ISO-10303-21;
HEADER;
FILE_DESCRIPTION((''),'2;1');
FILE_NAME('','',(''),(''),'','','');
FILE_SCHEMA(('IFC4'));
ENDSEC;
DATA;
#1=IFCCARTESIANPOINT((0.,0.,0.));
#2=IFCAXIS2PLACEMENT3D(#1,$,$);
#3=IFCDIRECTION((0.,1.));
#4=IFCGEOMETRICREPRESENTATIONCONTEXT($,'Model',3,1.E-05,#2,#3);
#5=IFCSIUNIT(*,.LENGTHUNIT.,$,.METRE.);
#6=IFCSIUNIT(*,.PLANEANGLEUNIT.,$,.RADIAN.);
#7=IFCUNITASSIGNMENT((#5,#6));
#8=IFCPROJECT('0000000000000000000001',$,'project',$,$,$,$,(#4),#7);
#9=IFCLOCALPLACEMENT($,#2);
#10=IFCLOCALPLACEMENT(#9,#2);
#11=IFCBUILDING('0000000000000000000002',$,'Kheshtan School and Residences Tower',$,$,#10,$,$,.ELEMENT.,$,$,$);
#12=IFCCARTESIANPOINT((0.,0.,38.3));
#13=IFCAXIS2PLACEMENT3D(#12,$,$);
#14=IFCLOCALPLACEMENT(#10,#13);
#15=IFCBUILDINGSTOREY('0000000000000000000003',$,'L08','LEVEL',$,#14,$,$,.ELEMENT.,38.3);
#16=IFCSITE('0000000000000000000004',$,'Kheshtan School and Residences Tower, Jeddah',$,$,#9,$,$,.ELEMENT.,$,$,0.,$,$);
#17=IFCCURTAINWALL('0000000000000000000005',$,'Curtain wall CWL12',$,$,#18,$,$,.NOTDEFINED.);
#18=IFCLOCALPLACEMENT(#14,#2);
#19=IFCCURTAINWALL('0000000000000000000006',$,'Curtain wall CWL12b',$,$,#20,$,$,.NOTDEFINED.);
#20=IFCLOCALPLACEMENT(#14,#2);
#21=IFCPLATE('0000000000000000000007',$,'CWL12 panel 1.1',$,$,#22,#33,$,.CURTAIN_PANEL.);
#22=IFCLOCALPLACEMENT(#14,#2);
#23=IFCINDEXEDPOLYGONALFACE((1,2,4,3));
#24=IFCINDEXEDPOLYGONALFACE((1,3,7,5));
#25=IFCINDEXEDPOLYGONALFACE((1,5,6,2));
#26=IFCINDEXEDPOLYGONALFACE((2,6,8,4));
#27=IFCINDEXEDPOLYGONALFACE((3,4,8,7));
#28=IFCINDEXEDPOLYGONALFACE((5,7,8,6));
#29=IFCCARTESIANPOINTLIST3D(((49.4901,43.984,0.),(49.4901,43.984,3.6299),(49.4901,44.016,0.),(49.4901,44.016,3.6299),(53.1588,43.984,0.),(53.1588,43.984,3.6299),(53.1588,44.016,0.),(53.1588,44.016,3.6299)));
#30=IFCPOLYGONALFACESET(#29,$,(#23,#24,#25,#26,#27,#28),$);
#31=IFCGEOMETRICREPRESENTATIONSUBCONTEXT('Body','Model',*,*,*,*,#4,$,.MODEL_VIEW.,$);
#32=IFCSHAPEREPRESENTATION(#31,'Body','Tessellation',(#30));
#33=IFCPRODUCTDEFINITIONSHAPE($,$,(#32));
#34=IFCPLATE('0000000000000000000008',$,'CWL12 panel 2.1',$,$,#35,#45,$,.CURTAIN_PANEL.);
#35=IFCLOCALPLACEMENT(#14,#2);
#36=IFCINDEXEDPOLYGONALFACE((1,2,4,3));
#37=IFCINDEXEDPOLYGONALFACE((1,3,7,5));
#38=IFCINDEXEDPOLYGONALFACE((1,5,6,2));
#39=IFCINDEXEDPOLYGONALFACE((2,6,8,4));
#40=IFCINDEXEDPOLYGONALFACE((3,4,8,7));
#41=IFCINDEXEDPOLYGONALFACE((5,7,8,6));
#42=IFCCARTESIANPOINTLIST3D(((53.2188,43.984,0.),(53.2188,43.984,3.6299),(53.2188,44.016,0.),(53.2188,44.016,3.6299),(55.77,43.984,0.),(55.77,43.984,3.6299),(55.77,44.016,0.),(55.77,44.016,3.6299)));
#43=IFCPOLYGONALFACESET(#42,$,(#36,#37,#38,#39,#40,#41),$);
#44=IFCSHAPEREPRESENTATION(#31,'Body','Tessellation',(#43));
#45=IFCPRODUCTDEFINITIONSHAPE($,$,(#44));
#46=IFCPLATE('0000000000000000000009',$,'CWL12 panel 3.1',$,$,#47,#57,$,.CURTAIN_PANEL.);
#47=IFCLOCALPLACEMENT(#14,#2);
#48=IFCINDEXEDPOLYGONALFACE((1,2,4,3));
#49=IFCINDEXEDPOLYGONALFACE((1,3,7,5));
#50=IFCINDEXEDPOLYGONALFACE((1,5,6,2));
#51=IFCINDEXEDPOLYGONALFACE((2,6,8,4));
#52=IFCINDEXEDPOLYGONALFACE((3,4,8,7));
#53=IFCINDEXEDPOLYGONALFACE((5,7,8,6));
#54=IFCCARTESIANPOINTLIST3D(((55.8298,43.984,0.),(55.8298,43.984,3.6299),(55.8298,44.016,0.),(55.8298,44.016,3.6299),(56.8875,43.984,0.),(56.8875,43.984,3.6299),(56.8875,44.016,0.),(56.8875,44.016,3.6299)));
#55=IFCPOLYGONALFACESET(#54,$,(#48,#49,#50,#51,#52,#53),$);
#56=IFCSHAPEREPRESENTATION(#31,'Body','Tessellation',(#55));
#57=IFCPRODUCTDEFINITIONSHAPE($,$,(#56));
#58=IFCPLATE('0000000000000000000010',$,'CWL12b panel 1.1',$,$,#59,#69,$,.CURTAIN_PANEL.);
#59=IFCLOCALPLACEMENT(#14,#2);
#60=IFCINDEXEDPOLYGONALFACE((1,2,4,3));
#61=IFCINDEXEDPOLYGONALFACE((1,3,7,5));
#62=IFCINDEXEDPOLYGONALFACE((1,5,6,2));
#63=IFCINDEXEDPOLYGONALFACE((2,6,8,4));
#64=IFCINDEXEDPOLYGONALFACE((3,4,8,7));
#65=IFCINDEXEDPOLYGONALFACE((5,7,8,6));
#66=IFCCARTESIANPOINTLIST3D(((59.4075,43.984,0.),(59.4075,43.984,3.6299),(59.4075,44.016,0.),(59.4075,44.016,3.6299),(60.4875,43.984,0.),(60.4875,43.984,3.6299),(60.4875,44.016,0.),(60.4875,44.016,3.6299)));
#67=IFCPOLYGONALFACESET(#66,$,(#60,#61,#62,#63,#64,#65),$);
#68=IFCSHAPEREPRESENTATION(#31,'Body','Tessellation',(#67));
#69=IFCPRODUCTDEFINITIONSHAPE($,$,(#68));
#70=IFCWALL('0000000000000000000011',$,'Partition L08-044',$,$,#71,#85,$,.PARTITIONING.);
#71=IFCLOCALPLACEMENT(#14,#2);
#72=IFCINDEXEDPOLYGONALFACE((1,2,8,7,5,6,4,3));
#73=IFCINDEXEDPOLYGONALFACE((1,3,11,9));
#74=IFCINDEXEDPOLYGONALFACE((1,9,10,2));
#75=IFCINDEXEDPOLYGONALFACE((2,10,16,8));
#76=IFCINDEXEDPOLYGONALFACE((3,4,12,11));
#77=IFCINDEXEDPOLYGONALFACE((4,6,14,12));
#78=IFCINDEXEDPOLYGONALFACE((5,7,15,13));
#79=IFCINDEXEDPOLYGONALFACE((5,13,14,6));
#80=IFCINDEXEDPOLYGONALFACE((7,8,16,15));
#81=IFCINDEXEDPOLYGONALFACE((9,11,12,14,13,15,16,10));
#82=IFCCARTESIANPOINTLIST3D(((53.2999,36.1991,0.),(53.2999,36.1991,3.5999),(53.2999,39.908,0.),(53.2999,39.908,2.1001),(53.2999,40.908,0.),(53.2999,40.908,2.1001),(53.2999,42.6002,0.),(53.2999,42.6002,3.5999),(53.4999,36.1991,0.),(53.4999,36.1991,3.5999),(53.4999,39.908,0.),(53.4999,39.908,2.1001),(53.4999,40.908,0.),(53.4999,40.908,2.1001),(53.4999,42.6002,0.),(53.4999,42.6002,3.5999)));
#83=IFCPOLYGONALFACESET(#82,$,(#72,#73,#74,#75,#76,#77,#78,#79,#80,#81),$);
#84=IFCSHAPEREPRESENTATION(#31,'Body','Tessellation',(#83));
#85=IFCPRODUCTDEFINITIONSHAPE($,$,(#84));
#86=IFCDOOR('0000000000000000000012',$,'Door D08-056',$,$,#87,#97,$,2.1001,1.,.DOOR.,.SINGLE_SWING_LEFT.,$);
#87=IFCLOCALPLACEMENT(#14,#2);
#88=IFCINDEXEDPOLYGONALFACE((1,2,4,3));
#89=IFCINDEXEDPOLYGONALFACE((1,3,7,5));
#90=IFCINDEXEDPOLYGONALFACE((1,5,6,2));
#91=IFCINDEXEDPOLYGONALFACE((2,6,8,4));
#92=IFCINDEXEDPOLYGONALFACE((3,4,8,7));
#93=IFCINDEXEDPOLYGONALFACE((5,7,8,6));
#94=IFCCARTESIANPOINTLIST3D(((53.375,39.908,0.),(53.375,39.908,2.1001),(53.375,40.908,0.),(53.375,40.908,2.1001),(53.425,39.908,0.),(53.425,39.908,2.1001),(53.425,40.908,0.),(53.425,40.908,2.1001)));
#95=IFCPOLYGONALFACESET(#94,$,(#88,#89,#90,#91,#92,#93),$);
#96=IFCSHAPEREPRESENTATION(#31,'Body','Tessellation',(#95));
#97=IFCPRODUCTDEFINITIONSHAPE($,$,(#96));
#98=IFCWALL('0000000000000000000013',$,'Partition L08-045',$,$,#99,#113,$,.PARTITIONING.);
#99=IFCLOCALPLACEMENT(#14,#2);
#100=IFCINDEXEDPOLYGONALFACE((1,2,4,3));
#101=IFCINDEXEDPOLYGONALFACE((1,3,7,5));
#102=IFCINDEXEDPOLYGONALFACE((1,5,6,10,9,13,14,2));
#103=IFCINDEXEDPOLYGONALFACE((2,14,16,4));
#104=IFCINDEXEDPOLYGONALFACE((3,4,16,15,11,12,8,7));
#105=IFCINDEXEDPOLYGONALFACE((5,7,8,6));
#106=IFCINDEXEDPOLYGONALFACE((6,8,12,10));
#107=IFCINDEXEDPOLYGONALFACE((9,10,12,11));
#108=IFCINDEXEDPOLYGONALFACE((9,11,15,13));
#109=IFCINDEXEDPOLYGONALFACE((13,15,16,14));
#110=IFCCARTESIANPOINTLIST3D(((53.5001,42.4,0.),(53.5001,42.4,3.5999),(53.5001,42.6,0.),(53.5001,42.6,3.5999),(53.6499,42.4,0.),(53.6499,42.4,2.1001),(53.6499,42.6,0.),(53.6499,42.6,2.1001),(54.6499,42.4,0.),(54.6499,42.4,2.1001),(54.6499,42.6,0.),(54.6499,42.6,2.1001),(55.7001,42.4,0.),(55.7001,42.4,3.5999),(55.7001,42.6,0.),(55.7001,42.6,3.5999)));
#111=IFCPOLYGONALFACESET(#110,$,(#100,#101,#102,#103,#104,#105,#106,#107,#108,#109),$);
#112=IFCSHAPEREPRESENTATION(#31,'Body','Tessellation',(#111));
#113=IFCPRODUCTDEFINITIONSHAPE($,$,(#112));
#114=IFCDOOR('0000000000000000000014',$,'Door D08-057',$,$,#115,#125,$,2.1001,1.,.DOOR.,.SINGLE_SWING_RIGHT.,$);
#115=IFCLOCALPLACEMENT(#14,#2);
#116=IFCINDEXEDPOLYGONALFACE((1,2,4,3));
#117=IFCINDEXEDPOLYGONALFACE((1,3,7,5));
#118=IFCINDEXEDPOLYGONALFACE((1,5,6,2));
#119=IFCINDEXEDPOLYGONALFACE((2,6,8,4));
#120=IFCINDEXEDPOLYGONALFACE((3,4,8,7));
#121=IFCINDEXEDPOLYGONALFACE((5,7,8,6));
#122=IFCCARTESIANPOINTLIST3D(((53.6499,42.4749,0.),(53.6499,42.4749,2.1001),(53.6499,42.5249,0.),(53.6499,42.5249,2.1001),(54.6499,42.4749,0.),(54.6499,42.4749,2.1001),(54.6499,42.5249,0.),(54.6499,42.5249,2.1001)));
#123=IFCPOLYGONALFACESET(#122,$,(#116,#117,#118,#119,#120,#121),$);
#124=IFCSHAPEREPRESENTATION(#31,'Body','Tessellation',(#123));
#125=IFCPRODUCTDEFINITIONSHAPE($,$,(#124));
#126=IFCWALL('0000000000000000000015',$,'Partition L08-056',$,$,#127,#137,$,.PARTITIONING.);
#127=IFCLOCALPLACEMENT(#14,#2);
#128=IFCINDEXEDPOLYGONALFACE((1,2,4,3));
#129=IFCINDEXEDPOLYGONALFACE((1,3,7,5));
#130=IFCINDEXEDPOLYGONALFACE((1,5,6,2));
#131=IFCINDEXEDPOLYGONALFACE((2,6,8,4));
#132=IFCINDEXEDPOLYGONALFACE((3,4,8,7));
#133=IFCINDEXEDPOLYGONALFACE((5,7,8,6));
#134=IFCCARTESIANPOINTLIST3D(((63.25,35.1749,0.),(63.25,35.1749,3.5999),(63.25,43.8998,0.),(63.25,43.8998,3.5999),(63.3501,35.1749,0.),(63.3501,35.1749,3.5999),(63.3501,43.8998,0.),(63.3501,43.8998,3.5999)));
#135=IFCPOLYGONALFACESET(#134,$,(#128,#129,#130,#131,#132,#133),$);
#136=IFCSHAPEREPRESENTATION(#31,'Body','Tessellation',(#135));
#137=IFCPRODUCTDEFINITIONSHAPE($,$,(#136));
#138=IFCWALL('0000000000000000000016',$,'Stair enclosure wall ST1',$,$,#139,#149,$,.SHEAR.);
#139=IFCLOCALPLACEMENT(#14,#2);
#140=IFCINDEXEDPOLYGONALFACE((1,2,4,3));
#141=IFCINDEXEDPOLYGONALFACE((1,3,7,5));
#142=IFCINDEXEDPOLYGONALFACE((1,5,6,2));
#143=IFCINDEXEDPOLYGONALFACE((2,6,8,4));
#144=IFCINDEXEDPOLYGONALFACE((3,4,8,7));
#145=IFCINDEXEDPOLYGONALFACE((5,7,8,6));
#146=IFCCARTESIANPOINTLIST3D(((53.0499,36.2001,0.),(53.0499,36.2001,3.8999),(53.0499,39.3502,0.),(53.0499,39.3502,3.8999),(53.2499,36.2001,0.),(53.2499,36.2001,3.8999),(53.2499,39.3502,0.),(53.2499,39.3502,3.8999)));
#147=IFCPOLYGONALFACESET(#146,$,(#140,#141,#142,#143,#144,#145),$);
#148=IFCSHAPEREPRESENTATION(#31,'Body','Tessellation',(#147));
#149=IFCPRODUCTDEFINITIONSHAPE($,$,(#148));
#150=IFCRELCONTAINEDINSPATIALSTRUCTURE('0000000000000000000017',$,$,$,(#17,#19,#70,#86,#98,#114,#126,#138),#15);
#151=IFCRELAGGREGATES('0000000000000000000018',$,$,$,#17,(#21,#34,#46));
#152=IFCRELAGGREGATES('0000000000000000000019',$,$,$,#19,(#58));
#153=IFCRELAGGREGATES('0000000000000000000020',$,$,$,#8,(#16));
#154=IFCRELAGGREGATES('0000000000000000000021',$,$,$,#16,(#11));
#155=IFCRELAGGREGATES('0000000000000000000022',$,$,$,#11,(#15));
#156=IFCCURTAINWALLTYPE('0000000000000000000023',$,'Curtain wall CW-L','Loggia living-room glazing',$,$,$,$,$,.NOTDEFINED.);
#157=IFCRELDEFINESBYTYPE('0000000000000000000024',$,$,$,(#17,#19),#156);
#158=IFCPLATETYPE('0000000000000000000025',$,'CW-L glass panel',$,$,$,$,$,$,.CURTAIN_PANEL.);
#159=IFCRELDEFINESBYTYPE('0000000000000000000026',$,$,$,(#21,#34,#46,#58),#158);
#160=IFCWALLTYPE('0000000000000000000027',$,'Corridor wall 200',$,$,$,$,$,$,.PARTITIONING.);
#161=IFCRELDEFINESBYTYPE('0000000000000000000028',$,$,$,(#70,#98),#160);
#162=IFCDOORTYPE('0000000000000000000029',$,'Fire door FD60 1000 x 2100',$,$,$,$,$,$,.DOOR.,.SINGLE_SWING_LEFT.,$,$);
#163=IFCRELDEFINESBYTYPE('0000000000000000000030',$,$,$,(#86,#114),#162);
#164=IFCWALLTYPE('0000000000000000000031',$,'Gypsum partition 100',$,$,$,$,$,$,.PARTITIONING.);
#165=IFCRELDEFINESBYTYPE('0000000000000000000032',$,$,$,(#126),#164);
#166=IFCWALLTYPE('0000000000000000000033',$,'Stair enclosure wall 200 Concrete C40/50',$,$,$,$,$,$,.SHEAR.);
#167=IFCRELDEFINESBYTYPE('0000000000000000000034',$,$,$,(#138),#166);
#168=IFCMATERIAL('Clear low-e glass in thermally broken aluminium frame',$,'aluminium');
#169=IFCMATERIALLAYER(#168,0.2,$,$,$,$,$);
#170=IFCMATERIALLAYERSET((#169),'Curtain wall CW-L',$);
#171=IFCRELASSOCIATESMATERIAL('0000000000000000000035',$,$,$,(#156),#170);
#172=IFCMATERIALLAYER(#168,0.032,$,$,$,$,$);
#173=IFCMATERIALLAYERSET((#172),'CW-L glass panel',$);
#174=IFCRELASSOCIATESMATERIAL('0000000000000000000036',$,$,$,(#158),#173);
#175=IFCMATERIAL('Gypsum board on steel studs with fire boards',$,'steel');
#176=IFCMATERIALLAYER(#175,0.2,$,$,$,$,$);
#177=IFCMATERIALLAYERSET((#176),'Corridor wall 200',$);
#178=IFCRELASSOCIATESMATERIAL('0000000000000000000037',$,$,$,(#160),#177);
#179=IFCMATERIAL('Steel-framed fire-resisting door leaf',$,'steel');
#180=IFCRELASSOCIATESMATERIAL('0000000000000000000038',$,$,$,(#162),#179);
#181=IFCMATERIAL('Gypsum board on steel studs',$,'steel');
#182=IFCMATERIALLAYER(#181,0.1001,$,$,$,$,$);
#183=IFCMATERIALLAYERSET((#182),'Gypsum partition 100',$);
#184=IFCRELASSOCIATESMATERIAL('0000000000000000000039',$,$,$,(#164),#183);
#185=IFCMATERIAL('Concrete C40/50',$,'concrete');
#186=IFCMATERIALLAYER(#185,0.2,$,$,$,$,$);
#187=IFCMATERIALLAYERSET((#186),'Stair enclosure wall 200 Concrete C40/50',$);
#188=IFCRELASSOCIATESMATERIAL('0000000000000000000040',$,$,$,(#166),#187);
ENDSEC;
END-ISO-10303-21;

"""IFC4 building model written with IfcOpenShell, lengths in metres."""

from ifc_helpers import new_model, si_unit, direction, frame, frame_2d, origin, origin_2d, place, context, subcontext, project, spatial, rectangle, extrude, source, transform, mapped, material, layer, layer_set, type_object, element, fill, aggregate, save


model = new_model("IFC4")

# Units and contexts
model_context = context("Model", 3, precision=1e-05, world=origin(), true_north=direction((0.0, 1.0)))
body_context = subcontext(model_context, "Body", "Model", "MODEL_VIEW")
ifc_project = project(units=[si_unit("LENGTHUNIT", "METRE"), si_unit("PLANEANGLEUNIT", "RADIAN")], contexts=[model_context])

# Site, building, storey
site_placement = place(None, origin())
site = spatial("IfcSite", under=ifc_project, at=site_placement, Name="Kheshtan School and Residences Tower, Jeddah", CompositionType="ELEMENT", RefElevation=0.0)
building_placement = place(site_placement, origin())
building = spatial("IfcBuilding", under=site, at=building_placement, Name="Kheshtan School and Residences Tower", CompositionType="ELEMENT")
storey_placement = place(building_placement, frame((0.0, 0.0, 38.3)))
storey = spatial("IfcBuildingStorey", under=building, at=storey_placement, Name="L08", Description="LEVEL", CompositionType="ELEMENT", Elevation=38.3)

# Curtain walls
ifc_material_1 = material(Name="Clear low-e glass in thermally broken aluminium frame", Category="aluminium")
ifc_layer_1 = layer(ifc_material_1, 0.2)
ifc_layer_set_1 = layer_set([ifc_layer_1], Name="Curtain wall CW-L")
curtain_wall_type = type_object("IfcCurtainWallType", Name="Curtain wall CW-L", Description="Loggia living-room glazing", PredefinedType="NOTDEFINED", material=ifc_layer_set_1)
curtain_wall_1_placement = place(storey_placement, origin())
curtain_wall_1 = element("IfcCurtainWall", 1, at=curtain_wall_1_placement, inside=storey, type_object=curtain_wall_type, Name="Curtain wall CWL12", PredefinedType="NOTDEFINED")
curtain_wall_2_placement = place(storey_placement, origin())
curtain_wall_2 = element("IfcCurtainWall", 2, at=curtain_wall_2_placement, inside=storey, type_object=curtain_wall_type, Name="Curtain wall CWL12b", PredefinedType="NOTDEFINED")

# Plates
ifc_layer_2 = layer(ifc_material_1, 0.032)
ifc_layer_set_2 = layer_set([ifc_layer_2], Name="CW-L glass panel")
plate_type = type_object("IfcPlateType", Name="CW-L glass panel", PredefinedType="CURTAIN_PANEL", material=ifc_layer_set_2)
plate_1_placement = place(storey_placement, frame((51.3245, 44.0, 0.0), z_axis=(0.0, 0.0, 1.0), x_axis=(1.0, 0.0, 0.0)))
plate_1 = element("IfcPlate", 3, at=plate_1_placement, type_object=plate_type, Name="CWL12 panel 1.1", PredefinedType="CURTAIN_PANEL", context=body_context, shape_type="SweptSolid", body=[
    extrude(rectangle(XDim=3.6687, YDim=0.032, at=origin_2d()), origin(), (0.0, 0.0, 1.0), 3.6299),
])
plate_2_placement = place(storey_placement, frame((54.4944, 44.0, 0.0), z_axis=(0.0, 0.0, 1.0), x_axis=(1.0, 0.0, 0.0)))
plate_2 = element("IfcPlate", 4, at=plate_2_placement, type_object=plate_type, Name="CWL12 panel 2.1", PredefinedType="CURTAIN_PANEL", context=body_context, shape_type="SweptSolid", body=[
    extrude(rectangle(XDim=2.5513, YDim=0.032, at=origin_2d()), origin(), (0.0, 0.0, 1.0), 3.6299),
])
plate_3_placement = place(storey_placement, frame((56.3586, 44.0, 0.0), z_axis=(0.0, 0.0, 1.0), x_axis=(1.0, 0.0, 0.0)))
plate_3 = element("IfcPlate", 5, at=plate_3_placement, type_object=plate_type, Name="CWL12 panel 3.1", PredefinedType="CURTAIN_PANEL", context=body_context, shape_type="SweptSolid", body=[
    extrude(rectangle(XDim=1.0576, YDim=0.032, at=origin_2d()), origin(), (0.0, 0.0, 1.0), 3.6299),
])
aggregate(curtain_wall_1, [plate_1, plate_2, plate_3])
plate_4_placement = place(storey_placement, frame((59.9475, 44.0, 0.0), z_axis=(0.0, 0.0, 1.0), x_axis=(1.0, 0.0, 0.0)))
plate_4 = element("IfcPlate", 6, at=plate_4_placement, type_object=plate_type, Name="CWL12b panel 1.1", PredefinedType="CURTAIN_PANEL", context=body_context, shape_type="SweptSolid", body=[
    extrude(rectangle(XDim=1.0801, YDim=0.032, at=origin_2d()), origin(), (0.0, 0.0, 1.0), 3.6299),
])
aggregate(curtain_wall_2, [plate_4])

# Walls, openings, doors
ifc_material_2 = material(Name="Gypsum board on steel studs with fire boards", Category="steel")
ifc_layer_3 = layer(ifc_material_2, 0.2)
ifc_layer_set_3 = layer_set([ifc_layer_3], Name="Corridor wall 200")
wall_type_1 = type_object("IfcWallType", Name="Corridor wall 200", PredefinedType="PARTITIONING", material=ifc_layer_set_3)
wall_1_placement = place(storey_placement, frame((53.3999, 36.199, 0.0), z_axis=(0.0, 0.0, 1.0), x_axis=(0.0, 1.0, 0.0)))
wall_1 = element("IfcWall", 7, at=wall_1_placement, inside=storey, type_object=wall_type_1, Name="Partition L08-044", PredefinedType="PARTITIONING", context=body_context, shape_type="SweptSolid", body=[
    extrude(rectangle(XDim=6.4011, YDim=0.2, at=frame_2d((3.2007, 0.0))), origin(), (0.0, 0.0, 1.0), 3.5999),
])
opening_1_placement = place(wall_1_placement, frame((3.709, 0.0, 0.0)))
opening_1 = element("IfcOpeningElement", 8, at=opening_1_placement, cuts=wall_1, PredefinedType="OPENING", context=body_context, shape_type="SweptSolid", body=[
    extrude(rectangle(XDim=1.0, YDim=2.1001, at=frame_2d((0.5, 1.05))), frame((0.0, 0.1099, 0.0), z_axis=(0.0, -1.0, 0.0), x_axis=(1.0, 0.0, 0.0)), (0.0, 0.0, 1.0), 0.22),
])
ifc_material_3 = material(Name="Steel-framed fire-resisting door leaf", Category="steel")
door_type_1 = type_object("IfcDoorType", Name="Fire door FD60 1000 x 2100", OperationType="SINGLE_SWING_LEFT", PredefinedType="DOOR", material=ifc_material_3)
shared_shape_1 = source(origin(), body_context, "Body", "SweptSolid", [
    extrude(rectangle(XDim=1.0, YDim=2.1001, at=frame_2d((0.5, 1.05))), frame((0.0, 0.0249, 0.0), z_axis=(0.0, -1.0, 0.0), x_axis=(1.0, 0.0, 0.0)), (0.0, 0.0, 1.0), 0.05),
])
door_1_placement = place(opening_1_placement, origin())
door_1 = element("IfcDoor", 9, at=door_1_placement, inside=storey, type_object=door_type_1, Name="Door D08-056", OperationType="SINGLE_SWING_LEFT", OverallHeight=2.1001, OverallWidth=1.0, PredefinedType="DOOR", context=body_context, shape_type="MappedRepresentation", body=[
    mapped(shared_shape_1, transform((0.0, 0.0, 0.0), x_axis=(1.0, 0.0, 0.0), y_axis=(0.0, 1.0, 0.0), z_axis=(0.0, 0.0, 1.0), scale=1.0)),
])
fill(opening_1, door_1)
wall_2_placement = place(storey_placement, frame((53.5, 42.5, 0.0), z_axis=(0.0, 0.0, 1.0), x_axis=(1.0, 0.0, 0.0)))
wall_2 = element("IfcWall", 10, at=wall_2_placement, inside=storey, type_object=wall_type_1, Name="Partition L08-045", PredefinedType="PARTITIONING", context=body_context, shape_type="SweptSolid", body=[
    extrude(rectangle(XDim=2.2, YDim=0.2, at=frame_2d((1.1001, 0.0))), origin(), (0.0, 0.0, 1.0), 3.5999),
])
opening_2_placement = place(wall_2_placement, frame((0.1499, 0.0, 0.0)))
opening_2 = element("IfcOpeningElement", 11, at=opening_2_placement, cuts=wall_2, PredefinedType="OPENING", context=body_context, shape_type="SweptSolid", body=[
    extrude(rectangle(XDim=1.0, YDim=2.1001, at=frame_2d((0.5, 1.05))), frame((0.0, 0.1099, 0.0), z_axis=(0.0, -1.0, 0.0), x_axis=(1.0, 0.0, 0.0)), (0.0, 0.0, 1.0), 0.22),
])
door_2_placement = place(opening_2_placement, origin())
door_2 = element("IfcDoor", 12, at=door_2_placement, inside=storey, type_object=door_type_1, Name="Door D08-057", OperationType="SINGLE_SWING_RIGHT", OverallHeight=2.1001, OverallWidth=1.0, PredefinedType="DOOR", context=body_context, shape_type="MappedRepresentation", body=[
    mapped(shared_shape_1, transform((0.0, 0.0, 0.0), x_axis=(1.0, 0.0, 0.0), y_axis=(0.0, 1.0, 0.0), z_axis=(0.0, 0.0, 1.0), scale=1.0)),
])
fill(opening_2, door_2)

# Walls
ifc_material_4 = material(Name="Gypsum board on steel studs", Category="steel")
ifc_layer_4 = layer(ifc_material_4, 0.1001)
ifc_layer_set_4 = layer_set([ifc_layer_4], Name="Gypsum partition 100")
wall_type_2 = type_object("IfcWallType", Name="Gypsum partition 100", PredefinedType="PARTITIONING", material=ifc_layer_set_4)
wall_3_placement = place(storey_placement, frame((63.3, 35.175, 0.0), z_axis=(0.0, 0.0, 1.0), x_axis=(0.0, 1.0, 0.0)))
element("IfcWall", 13, at=wall_3_placement, inside=storey, type_object=wall_type_2, Name="Partition L08-056", PredefinedType="PARTITIONING", context=body_context, shape_type="SweptSolid", body=[
    extrude(rectangle(XDim=8.7249, YDim=0.1001, at=frame_2d((4.3623, 0.0))), origin(), (0.0, 0.0, 1.0), 3.5999),
])
ifc_material_5 = material(Name="Concrete C40/50", Category="concrete")
ifc_layer_5 = layer(ifc_material_5, 0.2)
ifc_layer_set_5 = layer_set([ifc_layer_5], Name="Stair enclosure wall 200 Concrete C40/50")
wall_type_3 = type_object("IfcWallType", Name="Stair enclosure wall 200 Concrete C40/50", PredefinedType="SHEAR", material=ifc_layer_set_5)
wall_4_placement = place(storey_placement, frame((53.1499, 36.2, 0.0), z_axis=(0.0, 0.0, 1.0), x_axis=(0.0, 1.0, 0.0)))
element("IfcWall", 14, at=wall_4_placement, inside=storey, type_object=wall_type_3, Name="Stair enclosure wall ST1", PredefinedType="SHEAR", context=body_context, shape_type="SweptSolid", body=[
    extrude(rectangle(XDim=3.1501, YDim=0.2, at=frame_2d((1.5752, 0.0))), origin(), (0.0, 0.0, 1.0), 3.8999),
])

save(model, "model.ifc")
